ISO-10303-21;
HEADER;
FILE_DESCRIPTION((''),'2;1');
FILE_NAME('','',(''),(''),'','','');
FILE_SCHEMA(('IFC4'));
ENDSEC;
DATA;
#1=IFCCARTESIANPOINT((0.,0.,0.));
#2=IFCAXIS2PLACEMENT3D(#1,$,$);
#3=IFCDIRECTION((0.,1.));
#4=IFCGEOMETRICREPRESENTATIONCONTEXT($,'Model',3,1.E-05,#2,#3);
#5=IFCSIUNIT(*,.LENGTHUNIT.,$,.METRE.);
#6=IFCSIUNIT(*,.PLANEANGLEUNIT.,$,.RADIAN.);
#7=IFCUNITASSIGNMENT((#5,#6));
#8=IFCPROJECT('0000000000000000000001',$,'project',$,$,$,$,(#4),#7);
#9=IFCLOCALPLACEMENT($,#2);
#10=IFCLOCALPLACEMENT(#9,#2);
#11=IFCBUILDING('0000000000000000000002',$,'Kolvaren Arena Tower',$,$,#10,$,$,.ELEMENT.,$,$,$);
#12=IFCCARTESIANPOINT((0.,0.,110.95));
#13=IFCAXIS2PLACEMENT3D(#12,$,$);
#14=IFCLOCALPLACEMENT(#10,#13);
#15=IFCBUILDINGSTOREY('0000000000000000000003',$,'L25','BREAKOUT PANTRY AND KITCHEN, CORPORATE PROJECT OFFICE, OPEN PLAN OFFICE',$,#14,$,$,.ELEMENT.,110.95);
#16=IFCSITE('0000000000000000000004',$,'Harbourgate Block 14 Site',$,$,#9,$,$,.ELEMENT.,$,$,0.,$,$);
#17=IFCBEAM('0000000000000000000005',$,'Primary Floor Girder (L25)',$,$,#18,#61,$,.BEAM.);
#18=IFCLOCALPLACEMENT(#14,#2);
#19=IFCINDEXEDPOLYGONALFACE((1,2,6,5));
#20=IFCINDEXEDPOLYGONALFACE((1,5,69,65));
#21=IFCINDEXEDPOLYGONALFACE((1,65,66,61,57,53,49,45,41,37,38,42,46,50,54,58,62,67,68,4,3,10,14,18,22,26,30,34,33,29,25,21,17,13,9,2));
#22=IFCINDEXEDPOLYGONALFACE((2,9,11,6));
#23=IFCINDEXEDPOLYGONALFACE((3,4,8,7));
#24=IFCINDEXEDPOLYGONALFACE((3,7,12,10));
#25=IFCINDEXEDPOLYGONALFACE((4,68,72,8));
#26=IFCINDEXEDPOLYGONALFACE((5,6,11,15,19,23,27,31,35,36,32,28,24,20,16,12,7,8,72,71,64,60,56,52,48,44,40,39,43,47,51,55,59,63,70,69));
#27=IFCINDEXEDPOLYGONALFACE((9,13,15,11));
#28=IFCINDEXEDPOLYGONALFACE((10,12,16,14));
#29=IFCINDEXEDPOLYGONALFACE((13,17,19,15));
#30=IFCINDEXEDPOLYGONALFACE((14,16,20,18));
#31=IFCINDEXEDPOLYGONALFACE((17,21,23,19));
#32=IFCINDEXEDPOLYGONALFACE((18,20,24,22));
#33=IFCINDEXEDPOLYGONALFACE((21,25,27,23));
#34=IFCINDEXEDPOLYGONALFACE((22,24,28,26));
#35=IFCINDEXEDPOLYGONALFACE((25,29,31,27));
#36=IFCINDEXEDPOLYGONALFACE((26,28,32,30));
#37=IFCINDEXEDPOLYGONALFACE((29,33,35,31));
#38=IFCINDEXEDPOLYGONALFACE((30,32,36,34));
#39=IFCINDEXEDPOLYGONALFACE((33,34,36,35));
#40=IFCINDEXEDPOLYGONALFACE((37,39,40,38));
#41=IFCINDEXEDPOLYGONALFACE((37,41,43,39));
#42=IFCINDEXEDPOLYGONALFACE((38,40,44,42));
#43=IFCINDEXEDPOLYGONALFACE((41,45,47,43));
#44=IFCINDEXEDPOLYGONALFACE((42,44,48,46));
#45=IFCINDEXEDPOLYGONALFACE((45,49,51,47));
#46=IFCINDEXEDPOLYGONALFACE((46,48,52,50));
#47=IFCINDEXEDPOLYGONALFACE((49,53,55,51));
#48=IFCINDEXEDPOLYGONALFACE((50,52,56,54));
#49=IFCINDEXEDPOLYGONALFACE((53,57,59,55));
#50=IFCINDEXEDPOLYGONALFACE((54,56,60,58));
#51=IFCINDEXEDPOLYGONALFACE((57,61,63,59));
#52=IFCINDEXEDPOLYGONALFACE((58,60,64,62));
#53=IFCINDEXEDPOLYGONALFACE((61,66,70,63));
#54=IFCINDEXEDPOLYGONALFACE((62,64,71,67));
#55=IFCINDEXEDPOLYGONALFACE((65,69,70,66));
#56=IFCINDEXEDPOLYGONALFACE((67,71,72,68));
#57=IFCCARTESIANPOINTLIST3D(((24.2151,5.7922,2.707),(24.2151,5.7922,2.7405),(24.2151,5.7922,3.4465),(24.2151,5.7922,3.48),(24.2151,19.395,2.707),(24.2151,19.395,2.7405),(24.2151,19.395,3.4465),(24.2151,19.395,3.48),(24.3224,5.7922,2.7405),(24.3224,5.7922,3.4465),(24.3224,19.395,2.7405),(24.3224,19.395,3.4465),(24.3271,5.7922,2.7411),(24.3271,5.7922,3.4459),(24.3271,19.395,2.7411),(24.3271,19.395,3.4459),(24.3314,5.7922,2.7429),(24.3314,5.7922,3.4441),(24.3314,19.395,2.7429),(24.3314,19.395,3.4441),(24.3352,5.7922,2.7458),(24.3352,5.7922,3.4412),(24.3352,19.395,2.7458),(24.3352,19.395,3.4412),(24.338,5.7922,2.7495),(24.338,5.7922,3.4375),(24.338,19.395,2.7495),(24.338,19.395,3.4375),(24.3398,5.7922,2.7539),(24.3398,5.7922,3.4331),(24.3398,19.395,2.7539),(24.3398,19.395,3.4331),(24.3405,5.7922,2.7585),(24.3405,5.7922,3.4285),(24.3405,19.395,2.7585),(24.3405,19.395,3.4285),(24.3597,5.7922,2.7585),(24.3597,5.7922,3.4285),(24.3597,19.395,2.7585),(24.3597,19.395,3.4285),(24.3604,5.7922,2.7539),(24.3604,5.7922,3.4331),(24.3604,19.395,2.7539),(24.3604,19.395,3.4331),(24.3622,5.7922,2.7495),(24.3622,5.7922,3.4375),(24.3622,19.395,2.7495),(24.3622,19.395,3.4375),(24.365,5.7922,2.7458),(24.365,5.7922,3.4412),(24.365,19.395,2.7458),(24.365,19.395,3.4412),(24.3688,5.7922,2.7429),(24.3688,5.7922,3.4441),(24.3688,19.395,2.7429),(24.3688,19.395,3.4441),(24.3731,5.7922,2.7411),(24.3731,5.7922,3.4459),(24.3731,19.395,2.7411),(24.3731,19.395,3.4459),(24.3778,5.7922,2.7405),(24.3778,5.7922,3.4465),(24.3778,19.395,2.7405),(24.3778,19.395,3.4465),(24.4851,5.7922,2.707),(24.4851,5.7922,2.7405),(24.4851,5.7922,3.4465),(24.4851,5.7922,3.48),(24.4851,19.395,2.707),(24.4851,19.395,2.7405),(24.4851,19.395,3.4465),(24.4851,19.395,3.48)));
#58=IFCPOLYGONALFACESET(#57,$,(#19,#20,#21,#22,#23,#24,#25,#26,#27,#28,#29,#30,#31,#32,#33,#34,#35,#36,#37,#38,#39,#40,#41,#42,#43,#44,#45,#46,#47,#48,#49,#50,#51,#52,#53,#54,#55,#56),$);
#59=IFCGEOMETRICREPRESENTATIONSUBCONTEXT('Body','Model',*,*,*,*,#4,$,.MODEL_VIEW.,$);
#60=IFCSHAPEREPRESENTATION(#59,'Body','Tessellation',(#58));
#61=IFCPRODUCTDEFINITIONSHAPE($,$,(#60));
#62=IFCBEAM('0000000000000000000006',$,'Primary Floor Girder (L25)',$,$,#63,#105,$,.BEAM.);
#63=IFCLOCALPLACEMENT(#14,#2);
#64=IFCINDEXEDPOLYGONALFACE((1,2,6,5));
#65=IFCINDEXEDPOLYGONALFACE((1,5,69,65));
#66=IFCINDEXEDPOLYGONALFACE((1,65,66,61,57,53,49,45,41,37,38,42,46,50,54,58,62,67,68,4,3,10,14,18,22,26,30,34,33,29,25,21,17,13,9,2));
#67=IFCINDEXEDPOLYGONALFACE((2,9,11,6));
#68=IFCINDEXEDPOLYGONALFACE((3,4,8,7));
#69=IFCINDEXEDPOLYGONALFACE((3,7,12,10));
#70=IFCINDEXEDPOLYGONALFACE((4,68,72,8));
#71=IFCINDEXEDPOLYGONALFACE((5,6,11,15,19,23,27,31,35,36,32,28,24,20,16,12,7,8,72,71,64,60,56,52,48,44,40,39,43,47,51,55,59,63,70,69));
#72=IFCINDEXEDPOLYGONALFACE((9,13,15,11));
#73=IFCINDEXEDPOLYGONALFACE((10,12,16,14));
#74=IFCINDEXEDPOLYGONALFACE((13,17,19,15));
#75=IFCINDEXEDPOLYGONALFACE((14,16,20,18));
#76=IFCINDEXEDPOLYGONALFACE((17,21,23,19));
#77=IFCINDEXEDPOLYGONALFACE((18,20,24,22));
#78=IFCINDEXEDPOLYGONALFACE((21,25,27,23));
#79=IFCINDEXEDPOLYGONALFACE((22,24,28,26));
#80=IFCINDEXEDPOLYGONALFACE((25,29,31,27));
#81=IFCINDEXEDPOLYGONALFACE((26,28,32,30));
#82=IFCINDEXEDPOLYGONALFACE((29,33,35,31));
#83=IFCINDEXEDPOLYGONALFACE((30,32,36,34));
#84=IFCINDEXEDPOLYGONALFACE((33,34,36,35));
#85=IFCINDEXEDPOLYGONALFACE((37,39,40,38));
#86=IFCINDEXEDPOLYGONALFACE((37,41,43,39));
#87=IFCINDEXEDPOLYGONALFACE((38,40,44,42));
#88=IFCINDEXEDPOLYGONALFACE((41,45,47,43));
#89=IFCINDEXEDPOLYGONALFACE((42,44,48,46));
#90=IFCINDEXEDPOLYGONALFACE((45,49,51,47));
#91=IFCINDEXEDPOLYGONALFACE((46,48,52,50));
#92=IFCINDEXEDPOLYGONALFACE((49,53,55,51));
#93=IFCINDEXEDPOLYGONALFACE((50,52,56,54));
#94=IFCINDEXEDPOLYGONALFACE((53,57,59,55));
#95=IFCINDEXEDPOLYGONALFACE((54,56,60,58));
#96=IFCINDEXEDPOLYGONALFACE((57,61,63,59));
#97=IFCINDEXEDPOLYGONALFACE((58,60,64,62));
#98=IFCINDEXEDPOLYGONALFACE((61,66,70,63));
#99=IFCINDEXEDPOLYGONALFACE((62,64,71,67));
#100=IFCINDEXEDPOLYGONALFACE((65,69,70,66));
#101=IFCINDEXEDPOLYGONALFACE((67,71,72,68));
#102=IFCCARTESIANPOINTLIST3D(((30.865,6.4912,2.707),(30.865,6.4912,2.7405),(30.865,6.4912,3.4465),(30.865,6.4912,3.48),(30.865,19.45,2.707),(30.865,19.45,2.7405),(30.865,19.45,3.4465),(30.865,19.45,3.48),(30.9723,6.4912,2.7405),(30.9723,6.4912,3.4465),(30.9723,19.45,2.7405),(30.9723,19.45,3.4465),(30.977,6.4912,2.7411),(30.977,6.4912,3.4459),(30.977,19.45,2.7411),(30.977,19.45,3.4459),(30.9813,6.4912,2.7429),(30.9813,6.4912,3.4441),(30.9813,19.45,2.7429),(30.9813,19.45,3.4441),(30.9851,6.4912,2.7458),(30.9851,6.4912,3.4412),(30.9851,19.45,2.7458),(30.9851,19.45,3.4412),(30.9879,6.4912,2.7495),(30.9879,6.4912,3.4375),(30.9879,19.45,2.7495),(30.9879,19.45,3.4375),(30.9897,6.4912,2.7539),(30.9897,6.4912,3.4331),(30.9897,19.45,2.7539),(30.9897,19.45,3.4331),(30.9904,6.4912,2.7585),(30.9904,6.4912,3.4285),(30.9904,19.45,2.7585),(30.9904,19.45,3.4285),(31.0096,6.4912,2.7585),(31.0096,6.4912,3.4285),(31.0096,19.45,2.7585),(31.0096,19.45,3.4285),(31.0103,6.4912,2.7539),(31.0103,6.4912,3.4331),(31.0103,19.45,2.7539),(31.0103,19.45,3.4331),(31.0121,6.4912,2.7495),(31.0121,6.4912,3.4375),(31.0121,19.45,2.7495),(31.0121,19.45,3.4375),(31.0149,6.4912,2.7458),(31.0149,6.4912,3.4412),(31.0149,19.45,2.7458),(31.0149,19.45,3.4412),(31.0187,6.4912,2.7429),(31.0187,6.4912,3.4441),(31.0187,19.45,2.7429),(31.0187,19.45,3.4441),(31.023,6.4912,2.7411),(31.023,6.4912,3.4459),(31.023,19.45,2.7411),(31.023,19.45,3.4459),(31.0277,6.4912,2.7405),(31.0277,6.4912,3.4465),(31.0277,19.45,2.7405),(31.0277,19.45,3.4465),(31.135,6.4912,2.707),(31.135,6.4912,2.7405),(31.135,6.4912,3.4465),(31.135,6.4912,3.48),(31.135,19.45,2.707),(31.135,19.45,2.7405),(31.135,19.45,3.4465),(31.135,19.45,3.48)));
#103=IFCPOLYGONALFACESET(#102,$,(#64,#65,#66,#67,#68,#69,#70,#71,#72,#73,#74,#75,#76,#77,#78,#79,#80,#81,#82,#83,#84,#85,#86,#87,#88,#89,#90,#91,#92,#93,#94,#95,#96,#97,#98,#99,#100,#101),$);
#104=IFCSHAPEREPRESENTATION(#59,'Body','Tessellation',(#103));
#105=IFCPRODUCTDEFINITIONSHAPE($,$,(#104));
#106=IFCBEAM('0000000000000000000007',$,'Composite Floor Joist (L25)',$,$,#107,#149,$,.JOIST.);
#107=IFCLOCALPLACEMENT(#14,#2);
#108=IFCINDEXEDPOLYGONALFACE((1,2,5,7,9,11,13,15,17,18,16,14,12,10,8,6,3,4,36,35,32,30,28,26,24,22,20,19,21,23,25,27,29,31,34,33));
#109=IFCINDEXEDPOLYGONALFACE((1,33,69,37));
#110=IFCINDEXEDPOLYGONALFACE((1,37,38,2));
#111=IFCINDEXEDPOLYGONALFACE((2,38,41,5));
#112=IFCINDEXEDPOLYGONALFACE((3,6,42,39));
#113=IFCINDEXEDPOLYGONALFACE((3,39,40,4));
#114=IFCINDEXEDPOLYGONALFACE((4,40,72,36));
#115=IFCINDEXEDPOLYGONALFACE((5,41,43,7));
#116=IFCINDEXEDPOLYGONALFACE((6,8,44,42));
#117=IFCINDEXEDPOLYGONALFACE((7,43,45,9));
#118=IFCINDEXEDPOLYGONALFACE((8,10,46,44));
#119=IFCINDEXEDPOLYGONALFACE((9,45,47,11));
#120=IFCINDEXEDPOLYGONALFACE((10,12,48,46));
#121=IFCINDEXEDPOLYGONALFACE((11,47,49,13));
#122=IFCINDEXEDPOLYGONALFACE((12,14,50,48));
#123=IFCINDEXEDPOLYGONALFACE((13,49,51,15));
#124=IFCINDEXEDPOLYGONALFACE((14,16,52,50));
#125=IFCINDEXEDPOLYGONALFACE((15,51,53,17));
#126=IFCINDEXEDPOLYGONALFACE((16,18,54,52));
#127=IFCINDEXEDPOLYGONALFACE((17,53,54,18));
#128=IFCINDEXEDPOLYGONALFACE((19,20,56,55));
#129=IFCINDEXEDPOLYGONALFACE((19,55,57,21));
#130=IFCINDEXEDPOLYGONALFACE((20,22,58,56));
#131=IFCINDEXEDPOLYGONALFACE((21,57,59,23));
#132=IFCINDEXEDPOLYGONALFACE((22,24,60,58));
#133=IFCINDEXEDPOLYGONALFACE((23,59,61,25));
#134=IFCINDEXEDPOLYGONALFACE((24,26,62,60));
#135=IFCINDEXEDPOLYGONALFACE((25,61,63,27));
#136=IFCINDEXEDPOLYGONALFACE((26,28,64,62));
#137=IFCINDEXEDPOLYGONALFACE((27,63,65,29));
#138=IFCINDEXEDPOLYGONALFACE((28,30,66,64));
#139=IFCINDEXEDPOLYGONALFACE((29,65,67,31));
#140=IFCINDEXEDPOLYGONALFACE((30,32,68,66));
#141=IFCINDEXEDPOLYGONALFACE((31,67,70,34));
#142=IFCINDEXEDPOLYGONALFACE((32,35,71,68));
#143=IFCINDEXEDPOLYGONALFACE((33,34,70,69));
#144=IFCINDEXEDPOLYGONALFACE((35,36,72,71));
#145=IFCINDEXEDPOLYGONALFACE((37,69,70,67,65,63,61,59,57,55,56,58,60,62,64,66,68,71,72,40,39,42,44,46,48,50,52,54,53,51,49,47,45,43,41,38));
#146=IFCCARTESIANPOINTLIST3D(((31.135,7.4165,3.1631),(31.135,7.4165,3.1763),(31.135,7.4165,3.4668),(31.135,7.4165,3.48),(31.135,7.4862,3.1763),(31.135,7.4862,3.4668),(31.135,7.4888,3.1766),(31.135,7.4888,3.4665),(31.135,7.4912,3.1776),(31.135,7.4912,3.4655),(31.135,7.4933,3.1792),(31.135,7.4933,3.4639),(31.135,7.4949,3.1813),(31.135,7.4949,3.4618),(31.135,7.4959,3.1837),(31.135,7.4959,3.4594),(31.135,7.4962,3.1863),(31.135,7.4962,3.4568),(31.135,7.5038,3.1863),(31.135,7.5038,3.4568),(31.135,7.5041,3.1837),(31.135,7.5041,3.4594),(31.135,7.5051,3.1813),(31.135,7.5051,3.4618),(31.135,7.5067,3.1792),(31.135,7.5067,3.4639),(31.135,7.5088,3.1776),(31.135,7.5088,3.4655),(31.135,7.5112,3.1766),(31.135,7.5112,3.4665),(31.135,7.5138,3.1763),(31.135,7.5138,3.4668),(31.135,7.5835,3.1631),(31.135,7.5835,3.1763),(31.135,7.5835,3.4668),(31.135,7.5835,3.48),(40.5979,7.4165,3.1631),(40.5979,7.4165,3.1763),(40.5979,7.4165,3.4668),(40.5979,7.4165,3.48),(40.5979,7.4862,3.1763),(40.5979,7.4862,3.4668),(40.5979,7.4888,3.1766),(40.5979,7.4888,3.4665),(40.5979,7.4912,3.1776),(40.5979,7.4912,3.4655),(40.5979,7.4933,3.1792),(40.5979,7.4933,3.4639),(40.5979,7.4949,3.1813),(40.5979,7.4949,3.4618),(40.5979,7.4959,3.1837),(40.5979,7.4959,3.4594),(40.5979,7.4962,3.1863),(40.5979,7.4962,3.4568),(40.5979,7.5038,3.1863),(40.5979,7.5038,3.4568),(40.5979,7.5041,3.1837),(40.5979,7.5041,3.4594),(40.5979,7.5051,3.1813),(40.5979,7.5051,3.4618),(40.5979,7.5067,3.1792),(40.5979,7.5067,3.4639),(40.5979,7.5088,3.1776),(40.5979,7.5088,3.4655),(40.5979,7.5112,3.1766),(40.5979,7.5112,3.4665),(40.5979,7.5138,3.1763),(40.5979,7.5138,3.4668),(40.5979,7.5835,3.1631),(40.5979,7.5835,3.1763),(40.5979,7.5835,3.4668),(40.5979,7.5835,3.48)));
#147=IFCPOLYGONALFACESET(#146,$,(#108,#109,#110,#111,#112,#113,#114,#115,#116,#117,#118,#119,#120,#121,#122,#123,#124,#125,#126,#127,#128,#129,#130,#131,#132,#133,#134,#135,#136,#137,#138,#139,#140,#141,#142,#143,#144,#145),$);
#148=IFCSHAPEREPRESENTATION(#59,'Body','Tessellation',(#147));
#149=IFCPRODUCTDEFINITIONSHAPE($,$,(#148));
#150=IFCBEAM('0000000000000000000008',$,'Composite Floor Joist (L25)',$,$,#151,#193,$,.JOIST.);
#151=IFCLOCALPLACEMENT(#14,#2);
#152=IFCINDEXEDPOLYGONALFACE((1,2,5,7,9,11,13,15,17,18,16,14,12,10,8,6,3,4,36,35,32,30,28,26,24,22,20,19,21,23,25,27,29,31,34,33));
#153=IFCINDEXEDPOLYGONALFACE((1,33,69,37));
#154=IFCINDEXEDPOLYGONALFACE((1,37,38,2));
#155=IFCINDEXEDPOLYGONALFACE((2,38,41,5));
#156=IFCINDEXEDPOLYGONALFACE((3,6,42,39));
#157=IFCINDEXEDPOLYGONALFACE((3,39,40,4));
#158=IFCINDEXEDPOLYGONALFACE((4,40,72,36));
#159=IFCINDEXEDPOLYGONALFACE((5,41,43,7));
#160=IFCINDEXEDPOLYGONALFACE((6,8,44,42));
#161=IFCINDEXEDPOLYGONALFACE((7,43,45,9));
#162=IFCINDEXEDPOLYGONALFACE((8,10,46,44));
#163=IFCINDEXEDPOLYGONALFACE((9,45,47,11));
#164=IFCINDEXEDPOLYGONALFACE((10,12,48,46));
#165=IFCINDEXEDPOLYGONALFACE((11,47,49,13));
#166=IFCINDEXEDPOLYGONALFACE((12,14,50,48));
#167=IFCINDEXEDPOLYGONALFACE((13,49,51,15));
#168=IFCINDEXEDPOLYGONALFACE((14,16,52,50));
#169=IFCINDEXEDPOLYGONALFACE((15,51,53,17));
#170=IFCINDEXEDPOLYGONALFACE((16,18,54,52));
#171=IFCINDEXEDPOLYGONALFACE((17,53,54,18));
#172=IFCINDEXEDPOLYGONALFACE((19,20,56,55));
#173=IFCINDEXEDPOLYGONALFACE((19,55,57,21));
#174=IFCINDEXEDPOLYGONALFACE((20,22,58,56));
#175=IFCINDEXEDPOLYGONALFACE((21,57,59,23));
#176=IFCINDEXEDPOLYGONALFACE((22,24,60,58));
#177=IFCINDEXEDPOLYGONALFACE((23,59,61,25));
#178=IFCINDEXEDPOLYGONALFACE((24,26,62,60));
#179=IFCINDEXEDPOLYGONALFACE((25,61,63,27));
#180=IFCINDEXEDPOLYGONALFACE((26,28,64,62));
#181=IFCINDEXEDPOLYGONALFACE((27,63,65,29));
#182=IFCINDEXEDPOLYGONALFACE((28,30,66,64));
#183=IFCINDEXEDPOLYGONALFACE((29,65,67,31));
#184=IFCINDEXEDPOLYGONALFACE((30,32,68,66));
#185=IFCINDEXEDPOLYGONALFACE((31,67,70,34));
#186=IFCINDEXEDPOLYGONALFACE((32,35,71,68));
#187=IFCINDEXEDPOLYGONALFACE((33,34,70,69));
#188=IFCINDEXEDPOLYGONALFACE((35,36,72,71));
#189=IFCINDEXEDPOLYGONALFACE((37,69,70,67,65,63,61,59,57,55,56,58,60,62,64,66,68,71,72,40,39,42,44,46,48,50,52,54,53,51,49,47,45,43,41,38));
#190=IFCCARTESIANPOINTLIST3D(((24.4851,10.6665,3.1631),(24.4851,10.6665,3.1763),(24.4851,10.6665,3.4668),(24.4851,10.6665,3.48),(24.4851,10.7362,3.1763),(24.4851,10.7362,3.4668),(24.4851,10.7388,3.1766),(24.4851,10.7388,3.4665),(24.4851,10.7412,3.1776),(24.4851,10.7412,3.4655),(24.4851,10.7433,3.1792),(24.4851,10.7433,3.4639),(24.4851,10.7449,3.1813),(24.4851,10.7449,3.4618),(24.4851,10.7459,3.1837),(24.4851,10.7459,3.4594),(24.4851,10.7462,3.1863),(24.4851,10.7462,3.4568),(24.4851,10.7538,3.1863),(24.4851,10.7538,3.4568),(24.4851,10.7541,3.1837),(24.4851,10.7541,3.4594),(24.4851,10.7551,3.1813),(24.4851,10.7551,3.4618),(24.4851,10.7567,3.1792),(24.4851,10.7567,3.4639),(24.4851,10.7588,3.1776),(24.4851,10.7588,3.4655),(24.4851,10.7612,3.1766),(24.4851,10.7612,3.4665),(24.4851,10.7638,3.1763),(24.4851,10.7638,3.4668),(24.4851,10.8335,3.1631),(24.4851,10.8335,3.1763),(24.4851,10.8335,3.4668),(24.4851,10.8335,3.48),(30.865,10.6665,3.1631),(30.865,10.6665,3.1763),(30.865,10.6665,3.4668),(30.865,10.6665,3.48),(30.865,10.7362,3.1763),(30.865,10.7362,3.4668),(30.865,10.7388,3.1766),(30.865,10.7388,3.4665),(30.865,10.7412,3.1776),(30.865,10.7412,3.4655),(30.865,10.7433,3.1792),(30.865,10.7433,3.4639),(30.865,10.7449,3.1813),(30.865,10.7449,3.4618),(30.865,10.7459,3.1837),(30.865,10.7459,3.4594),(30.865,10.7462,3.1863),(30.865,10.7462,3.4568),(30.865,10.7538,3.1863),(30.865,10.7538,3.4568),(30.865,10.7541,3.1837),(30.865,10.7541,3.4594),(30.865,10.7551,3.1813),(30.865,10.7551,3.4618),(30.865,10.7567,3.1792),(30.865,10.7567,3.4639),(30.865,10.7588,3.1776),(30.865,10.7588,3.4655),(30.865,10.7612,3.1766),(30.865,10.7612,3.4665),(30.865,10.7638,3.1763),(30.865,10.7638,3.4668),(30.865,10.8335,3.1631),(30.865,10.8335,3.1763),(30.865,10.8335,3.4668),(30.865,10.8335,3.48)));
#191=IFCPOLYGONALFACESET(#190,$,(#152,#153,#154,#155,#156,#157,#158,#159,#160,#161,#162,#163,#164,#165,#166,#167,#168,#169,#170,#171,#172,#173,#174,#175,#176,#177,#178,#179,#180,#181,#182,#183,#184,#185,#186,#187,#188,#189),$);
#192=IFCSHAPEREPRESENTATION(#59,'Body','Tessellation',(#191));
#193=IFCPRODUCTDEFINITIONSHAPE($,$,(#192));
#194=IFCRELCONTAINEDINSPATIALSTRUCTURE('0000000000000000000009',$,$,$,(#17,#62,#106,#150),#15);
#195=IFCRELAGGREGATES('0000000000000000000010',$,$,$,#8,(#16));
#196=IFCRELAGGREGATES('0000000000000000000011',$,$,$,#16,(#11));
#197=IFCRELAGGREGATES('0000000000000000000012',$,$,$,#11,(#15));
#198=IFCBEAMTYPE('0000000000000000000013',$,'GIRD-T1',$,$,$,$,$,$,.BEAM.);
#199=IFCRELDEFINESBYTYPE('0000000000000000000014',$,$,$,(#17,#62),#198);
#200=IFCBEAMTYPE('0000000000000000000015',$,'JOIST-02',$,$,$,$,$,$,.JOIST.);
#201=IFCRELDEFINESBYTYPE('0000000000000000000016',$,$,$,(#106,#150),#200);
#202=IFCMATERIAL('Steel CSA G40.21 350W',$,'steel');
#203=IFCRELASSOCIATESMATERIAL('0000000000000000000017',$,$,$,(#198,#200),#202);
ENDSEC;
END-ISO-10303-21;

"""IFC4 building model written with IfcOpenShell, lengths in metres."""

from ifc_helpers import new_model, si_unit, direction, frame, origin, origin_2d, place, context, subcontext, project, spatial, i_section, extrude, material, material_profile, profile_set, type_object, element, save


model = new_model("IFC4")

# Units and contexts
model_context = context("Model", 3, precision=1e-05, world=origin(), true_north=direction((0.0, 1.0)))
body_context = subcontext(model_context, "Body", "Model", "MODEL_VIEW")
ifc_project = project(units=[si_unit("LENGTHUNIT", "METRE"), si_unit("PLANEANGLEUNIT", "RADIAN")], contexts=[model_context])

# Site, building, storey
site_placement = place(None, origin())
site = spatial("IfcSite", under=ifc_project, at=site_placement, Name="Harbourgate Block 14 Site", CompositionType="ELEMENT", RefElevation=0.0)
building_placement = place(site_placement, origin())
building = spatial("IfcBuilding", under=site, at=building_placement, Name="Kolvaren Arena Tower", CompositionType="ELEMENT")
storey_placement = place(building_placement, frame((0.0, 0.0, 110.95)))
storey = spatial("IfcBuildingStorey", under=building, at=storey_placement, Name="L25", Description="BREAKOUT PANTRY AND KITCHEN, CORPORATE PROJECT OFFICE, OPEN PLAN OFFICE", CompositionType="ELEMENT", Elevation=110.95)

# Beams
ifc_material_1 = material(Name="Steel CSA G40.21 350W", Category="steel")
ifc_material_profile_1 = material_profile(ifc_material_1, i_section(OverallWidth=0.27, OverallDepth=0.7729, WebThickness=0.0193, FlangeThickness=0.0334, FilletRadius=0.0181, at=origin_2d()), Name="W760x257")
ifc_profile_set_1 = profile_set([ifc_material_profile_1], Name="Steel CSA G40.21 350W")
beam_type_1 = type_object("IfcBeamType", Name="GIRD-T1", PredefinedType="BEAM", material=ifc_profile_set_1)
beam_1_placement = place(storey_placement, frame((24.3501, 5.7922, 3.0935), z_axis=(0.0, 1.0, 0.0), x_axis=(-1.0, 0.0, 0.0)))
element("IfcBeam", 1, at=beam_1_placement, inside=storey, type_object=beam_type_1, Name="Primary Floor Girder (L25)", PredefinedType="BEAM", context=body_context, shape_type="SweptSolid", body=[
    extrude(i_section(OverallWidth=0.27, OverallDepth=0.7729, WebThickness=0.0193, FlangeThickness=0.0334, FilletRadius=0.0181, at=origin_2d()), origin(), (0.0, 0.0, 1.0), 13.6028),
])
beam_2_placement = place(storey_placement, frame((31.0, 6.4912, 3.0935), z_axis=(0.0, 1.0, 0.0), x_axis=(-1.0, 0.0, 0.0)))
element("IfcBeam", 2, at=beam_2_placement, inside=storey, type_object=beam_type_1, Name="Primary Floor Girder (L25)", PredefinedType="BEAM", context=body_context, shape_type="SweptSolid", body=[
    extrude(i_section(OverallWidth=0.27, OverallDepth=0.7729, WebThickness=0.0193, FlangeThickness=0.0334, FilletRadius=0.0181, at=origin_2d()), origin(), (0.0, 0.0, 1.0), 12.9587),
])
ifc_material_profile_2 = material_profile(ifc_material_1, i_section(OverallWidth=0.167, OverallDepth=0.3169, WebThickness=0.0076, FlangeThickness=0.0132, FilletRadius=0.01, at=origin_2d()), Name="W310x52")
ifc_profile_set_2 = profile_set([ifc_material_profile_2], Name="Steel CSA G40.21 350W")
beam_type_2 = type_object("IfcBeamType", Name="JOIST-02", PredefinedType="JOIST", material=ifc_profile_set_2)
beam_3_placement = place(storey_placement, frame((31.135, 7.5, 3.3215), z_axis=(1.0, 0.0, 0.0), x_axis=(0.0, 1.0, 0.0)))
element("IfcBeam", 3, at=beam_3_placement, inside=storey, type_object=beam_type_2, Name="Composite Floor Joist (L25)", PredefinedType="JOIST", context=body_context, shape_type="SweptSolid", body=[
    extrude(i_section(OverallWidth=0.167, OverallDepth=0.3169, WebThickness=0.0076, FlangeThickness=0.0132, FilletRadius=0.01, at=origin_2d()), origin(), (0.0, 0.0, 1.0), 9.4629),
])
beam_4_placement = place(storey_placement, frame((24.4851, 10.75, 3.3215), z_axis=(1.0, 0.0, 0.0), x_axis=(0.0, 1.0, 0.0)))
element("IfcBeam", 4, at=beam_4_placement, inside=storey, type_object=beam_type_2, Name="Composite Floor Joist (L25)", PredefinedType="JOIST", context=body_context, shape_type="SweptSolid", body=[
    extrude(i_section(OverallWidth=0.167, OverallDepth=0.3169, WebThickness=0.0076, FlangeThickness=0.0132, FilletRadius=0.01, at=origin_2d()), origin(), (0.0, 0.0, 1.0), 6.3799),
])

save(model, "model.ifc")
